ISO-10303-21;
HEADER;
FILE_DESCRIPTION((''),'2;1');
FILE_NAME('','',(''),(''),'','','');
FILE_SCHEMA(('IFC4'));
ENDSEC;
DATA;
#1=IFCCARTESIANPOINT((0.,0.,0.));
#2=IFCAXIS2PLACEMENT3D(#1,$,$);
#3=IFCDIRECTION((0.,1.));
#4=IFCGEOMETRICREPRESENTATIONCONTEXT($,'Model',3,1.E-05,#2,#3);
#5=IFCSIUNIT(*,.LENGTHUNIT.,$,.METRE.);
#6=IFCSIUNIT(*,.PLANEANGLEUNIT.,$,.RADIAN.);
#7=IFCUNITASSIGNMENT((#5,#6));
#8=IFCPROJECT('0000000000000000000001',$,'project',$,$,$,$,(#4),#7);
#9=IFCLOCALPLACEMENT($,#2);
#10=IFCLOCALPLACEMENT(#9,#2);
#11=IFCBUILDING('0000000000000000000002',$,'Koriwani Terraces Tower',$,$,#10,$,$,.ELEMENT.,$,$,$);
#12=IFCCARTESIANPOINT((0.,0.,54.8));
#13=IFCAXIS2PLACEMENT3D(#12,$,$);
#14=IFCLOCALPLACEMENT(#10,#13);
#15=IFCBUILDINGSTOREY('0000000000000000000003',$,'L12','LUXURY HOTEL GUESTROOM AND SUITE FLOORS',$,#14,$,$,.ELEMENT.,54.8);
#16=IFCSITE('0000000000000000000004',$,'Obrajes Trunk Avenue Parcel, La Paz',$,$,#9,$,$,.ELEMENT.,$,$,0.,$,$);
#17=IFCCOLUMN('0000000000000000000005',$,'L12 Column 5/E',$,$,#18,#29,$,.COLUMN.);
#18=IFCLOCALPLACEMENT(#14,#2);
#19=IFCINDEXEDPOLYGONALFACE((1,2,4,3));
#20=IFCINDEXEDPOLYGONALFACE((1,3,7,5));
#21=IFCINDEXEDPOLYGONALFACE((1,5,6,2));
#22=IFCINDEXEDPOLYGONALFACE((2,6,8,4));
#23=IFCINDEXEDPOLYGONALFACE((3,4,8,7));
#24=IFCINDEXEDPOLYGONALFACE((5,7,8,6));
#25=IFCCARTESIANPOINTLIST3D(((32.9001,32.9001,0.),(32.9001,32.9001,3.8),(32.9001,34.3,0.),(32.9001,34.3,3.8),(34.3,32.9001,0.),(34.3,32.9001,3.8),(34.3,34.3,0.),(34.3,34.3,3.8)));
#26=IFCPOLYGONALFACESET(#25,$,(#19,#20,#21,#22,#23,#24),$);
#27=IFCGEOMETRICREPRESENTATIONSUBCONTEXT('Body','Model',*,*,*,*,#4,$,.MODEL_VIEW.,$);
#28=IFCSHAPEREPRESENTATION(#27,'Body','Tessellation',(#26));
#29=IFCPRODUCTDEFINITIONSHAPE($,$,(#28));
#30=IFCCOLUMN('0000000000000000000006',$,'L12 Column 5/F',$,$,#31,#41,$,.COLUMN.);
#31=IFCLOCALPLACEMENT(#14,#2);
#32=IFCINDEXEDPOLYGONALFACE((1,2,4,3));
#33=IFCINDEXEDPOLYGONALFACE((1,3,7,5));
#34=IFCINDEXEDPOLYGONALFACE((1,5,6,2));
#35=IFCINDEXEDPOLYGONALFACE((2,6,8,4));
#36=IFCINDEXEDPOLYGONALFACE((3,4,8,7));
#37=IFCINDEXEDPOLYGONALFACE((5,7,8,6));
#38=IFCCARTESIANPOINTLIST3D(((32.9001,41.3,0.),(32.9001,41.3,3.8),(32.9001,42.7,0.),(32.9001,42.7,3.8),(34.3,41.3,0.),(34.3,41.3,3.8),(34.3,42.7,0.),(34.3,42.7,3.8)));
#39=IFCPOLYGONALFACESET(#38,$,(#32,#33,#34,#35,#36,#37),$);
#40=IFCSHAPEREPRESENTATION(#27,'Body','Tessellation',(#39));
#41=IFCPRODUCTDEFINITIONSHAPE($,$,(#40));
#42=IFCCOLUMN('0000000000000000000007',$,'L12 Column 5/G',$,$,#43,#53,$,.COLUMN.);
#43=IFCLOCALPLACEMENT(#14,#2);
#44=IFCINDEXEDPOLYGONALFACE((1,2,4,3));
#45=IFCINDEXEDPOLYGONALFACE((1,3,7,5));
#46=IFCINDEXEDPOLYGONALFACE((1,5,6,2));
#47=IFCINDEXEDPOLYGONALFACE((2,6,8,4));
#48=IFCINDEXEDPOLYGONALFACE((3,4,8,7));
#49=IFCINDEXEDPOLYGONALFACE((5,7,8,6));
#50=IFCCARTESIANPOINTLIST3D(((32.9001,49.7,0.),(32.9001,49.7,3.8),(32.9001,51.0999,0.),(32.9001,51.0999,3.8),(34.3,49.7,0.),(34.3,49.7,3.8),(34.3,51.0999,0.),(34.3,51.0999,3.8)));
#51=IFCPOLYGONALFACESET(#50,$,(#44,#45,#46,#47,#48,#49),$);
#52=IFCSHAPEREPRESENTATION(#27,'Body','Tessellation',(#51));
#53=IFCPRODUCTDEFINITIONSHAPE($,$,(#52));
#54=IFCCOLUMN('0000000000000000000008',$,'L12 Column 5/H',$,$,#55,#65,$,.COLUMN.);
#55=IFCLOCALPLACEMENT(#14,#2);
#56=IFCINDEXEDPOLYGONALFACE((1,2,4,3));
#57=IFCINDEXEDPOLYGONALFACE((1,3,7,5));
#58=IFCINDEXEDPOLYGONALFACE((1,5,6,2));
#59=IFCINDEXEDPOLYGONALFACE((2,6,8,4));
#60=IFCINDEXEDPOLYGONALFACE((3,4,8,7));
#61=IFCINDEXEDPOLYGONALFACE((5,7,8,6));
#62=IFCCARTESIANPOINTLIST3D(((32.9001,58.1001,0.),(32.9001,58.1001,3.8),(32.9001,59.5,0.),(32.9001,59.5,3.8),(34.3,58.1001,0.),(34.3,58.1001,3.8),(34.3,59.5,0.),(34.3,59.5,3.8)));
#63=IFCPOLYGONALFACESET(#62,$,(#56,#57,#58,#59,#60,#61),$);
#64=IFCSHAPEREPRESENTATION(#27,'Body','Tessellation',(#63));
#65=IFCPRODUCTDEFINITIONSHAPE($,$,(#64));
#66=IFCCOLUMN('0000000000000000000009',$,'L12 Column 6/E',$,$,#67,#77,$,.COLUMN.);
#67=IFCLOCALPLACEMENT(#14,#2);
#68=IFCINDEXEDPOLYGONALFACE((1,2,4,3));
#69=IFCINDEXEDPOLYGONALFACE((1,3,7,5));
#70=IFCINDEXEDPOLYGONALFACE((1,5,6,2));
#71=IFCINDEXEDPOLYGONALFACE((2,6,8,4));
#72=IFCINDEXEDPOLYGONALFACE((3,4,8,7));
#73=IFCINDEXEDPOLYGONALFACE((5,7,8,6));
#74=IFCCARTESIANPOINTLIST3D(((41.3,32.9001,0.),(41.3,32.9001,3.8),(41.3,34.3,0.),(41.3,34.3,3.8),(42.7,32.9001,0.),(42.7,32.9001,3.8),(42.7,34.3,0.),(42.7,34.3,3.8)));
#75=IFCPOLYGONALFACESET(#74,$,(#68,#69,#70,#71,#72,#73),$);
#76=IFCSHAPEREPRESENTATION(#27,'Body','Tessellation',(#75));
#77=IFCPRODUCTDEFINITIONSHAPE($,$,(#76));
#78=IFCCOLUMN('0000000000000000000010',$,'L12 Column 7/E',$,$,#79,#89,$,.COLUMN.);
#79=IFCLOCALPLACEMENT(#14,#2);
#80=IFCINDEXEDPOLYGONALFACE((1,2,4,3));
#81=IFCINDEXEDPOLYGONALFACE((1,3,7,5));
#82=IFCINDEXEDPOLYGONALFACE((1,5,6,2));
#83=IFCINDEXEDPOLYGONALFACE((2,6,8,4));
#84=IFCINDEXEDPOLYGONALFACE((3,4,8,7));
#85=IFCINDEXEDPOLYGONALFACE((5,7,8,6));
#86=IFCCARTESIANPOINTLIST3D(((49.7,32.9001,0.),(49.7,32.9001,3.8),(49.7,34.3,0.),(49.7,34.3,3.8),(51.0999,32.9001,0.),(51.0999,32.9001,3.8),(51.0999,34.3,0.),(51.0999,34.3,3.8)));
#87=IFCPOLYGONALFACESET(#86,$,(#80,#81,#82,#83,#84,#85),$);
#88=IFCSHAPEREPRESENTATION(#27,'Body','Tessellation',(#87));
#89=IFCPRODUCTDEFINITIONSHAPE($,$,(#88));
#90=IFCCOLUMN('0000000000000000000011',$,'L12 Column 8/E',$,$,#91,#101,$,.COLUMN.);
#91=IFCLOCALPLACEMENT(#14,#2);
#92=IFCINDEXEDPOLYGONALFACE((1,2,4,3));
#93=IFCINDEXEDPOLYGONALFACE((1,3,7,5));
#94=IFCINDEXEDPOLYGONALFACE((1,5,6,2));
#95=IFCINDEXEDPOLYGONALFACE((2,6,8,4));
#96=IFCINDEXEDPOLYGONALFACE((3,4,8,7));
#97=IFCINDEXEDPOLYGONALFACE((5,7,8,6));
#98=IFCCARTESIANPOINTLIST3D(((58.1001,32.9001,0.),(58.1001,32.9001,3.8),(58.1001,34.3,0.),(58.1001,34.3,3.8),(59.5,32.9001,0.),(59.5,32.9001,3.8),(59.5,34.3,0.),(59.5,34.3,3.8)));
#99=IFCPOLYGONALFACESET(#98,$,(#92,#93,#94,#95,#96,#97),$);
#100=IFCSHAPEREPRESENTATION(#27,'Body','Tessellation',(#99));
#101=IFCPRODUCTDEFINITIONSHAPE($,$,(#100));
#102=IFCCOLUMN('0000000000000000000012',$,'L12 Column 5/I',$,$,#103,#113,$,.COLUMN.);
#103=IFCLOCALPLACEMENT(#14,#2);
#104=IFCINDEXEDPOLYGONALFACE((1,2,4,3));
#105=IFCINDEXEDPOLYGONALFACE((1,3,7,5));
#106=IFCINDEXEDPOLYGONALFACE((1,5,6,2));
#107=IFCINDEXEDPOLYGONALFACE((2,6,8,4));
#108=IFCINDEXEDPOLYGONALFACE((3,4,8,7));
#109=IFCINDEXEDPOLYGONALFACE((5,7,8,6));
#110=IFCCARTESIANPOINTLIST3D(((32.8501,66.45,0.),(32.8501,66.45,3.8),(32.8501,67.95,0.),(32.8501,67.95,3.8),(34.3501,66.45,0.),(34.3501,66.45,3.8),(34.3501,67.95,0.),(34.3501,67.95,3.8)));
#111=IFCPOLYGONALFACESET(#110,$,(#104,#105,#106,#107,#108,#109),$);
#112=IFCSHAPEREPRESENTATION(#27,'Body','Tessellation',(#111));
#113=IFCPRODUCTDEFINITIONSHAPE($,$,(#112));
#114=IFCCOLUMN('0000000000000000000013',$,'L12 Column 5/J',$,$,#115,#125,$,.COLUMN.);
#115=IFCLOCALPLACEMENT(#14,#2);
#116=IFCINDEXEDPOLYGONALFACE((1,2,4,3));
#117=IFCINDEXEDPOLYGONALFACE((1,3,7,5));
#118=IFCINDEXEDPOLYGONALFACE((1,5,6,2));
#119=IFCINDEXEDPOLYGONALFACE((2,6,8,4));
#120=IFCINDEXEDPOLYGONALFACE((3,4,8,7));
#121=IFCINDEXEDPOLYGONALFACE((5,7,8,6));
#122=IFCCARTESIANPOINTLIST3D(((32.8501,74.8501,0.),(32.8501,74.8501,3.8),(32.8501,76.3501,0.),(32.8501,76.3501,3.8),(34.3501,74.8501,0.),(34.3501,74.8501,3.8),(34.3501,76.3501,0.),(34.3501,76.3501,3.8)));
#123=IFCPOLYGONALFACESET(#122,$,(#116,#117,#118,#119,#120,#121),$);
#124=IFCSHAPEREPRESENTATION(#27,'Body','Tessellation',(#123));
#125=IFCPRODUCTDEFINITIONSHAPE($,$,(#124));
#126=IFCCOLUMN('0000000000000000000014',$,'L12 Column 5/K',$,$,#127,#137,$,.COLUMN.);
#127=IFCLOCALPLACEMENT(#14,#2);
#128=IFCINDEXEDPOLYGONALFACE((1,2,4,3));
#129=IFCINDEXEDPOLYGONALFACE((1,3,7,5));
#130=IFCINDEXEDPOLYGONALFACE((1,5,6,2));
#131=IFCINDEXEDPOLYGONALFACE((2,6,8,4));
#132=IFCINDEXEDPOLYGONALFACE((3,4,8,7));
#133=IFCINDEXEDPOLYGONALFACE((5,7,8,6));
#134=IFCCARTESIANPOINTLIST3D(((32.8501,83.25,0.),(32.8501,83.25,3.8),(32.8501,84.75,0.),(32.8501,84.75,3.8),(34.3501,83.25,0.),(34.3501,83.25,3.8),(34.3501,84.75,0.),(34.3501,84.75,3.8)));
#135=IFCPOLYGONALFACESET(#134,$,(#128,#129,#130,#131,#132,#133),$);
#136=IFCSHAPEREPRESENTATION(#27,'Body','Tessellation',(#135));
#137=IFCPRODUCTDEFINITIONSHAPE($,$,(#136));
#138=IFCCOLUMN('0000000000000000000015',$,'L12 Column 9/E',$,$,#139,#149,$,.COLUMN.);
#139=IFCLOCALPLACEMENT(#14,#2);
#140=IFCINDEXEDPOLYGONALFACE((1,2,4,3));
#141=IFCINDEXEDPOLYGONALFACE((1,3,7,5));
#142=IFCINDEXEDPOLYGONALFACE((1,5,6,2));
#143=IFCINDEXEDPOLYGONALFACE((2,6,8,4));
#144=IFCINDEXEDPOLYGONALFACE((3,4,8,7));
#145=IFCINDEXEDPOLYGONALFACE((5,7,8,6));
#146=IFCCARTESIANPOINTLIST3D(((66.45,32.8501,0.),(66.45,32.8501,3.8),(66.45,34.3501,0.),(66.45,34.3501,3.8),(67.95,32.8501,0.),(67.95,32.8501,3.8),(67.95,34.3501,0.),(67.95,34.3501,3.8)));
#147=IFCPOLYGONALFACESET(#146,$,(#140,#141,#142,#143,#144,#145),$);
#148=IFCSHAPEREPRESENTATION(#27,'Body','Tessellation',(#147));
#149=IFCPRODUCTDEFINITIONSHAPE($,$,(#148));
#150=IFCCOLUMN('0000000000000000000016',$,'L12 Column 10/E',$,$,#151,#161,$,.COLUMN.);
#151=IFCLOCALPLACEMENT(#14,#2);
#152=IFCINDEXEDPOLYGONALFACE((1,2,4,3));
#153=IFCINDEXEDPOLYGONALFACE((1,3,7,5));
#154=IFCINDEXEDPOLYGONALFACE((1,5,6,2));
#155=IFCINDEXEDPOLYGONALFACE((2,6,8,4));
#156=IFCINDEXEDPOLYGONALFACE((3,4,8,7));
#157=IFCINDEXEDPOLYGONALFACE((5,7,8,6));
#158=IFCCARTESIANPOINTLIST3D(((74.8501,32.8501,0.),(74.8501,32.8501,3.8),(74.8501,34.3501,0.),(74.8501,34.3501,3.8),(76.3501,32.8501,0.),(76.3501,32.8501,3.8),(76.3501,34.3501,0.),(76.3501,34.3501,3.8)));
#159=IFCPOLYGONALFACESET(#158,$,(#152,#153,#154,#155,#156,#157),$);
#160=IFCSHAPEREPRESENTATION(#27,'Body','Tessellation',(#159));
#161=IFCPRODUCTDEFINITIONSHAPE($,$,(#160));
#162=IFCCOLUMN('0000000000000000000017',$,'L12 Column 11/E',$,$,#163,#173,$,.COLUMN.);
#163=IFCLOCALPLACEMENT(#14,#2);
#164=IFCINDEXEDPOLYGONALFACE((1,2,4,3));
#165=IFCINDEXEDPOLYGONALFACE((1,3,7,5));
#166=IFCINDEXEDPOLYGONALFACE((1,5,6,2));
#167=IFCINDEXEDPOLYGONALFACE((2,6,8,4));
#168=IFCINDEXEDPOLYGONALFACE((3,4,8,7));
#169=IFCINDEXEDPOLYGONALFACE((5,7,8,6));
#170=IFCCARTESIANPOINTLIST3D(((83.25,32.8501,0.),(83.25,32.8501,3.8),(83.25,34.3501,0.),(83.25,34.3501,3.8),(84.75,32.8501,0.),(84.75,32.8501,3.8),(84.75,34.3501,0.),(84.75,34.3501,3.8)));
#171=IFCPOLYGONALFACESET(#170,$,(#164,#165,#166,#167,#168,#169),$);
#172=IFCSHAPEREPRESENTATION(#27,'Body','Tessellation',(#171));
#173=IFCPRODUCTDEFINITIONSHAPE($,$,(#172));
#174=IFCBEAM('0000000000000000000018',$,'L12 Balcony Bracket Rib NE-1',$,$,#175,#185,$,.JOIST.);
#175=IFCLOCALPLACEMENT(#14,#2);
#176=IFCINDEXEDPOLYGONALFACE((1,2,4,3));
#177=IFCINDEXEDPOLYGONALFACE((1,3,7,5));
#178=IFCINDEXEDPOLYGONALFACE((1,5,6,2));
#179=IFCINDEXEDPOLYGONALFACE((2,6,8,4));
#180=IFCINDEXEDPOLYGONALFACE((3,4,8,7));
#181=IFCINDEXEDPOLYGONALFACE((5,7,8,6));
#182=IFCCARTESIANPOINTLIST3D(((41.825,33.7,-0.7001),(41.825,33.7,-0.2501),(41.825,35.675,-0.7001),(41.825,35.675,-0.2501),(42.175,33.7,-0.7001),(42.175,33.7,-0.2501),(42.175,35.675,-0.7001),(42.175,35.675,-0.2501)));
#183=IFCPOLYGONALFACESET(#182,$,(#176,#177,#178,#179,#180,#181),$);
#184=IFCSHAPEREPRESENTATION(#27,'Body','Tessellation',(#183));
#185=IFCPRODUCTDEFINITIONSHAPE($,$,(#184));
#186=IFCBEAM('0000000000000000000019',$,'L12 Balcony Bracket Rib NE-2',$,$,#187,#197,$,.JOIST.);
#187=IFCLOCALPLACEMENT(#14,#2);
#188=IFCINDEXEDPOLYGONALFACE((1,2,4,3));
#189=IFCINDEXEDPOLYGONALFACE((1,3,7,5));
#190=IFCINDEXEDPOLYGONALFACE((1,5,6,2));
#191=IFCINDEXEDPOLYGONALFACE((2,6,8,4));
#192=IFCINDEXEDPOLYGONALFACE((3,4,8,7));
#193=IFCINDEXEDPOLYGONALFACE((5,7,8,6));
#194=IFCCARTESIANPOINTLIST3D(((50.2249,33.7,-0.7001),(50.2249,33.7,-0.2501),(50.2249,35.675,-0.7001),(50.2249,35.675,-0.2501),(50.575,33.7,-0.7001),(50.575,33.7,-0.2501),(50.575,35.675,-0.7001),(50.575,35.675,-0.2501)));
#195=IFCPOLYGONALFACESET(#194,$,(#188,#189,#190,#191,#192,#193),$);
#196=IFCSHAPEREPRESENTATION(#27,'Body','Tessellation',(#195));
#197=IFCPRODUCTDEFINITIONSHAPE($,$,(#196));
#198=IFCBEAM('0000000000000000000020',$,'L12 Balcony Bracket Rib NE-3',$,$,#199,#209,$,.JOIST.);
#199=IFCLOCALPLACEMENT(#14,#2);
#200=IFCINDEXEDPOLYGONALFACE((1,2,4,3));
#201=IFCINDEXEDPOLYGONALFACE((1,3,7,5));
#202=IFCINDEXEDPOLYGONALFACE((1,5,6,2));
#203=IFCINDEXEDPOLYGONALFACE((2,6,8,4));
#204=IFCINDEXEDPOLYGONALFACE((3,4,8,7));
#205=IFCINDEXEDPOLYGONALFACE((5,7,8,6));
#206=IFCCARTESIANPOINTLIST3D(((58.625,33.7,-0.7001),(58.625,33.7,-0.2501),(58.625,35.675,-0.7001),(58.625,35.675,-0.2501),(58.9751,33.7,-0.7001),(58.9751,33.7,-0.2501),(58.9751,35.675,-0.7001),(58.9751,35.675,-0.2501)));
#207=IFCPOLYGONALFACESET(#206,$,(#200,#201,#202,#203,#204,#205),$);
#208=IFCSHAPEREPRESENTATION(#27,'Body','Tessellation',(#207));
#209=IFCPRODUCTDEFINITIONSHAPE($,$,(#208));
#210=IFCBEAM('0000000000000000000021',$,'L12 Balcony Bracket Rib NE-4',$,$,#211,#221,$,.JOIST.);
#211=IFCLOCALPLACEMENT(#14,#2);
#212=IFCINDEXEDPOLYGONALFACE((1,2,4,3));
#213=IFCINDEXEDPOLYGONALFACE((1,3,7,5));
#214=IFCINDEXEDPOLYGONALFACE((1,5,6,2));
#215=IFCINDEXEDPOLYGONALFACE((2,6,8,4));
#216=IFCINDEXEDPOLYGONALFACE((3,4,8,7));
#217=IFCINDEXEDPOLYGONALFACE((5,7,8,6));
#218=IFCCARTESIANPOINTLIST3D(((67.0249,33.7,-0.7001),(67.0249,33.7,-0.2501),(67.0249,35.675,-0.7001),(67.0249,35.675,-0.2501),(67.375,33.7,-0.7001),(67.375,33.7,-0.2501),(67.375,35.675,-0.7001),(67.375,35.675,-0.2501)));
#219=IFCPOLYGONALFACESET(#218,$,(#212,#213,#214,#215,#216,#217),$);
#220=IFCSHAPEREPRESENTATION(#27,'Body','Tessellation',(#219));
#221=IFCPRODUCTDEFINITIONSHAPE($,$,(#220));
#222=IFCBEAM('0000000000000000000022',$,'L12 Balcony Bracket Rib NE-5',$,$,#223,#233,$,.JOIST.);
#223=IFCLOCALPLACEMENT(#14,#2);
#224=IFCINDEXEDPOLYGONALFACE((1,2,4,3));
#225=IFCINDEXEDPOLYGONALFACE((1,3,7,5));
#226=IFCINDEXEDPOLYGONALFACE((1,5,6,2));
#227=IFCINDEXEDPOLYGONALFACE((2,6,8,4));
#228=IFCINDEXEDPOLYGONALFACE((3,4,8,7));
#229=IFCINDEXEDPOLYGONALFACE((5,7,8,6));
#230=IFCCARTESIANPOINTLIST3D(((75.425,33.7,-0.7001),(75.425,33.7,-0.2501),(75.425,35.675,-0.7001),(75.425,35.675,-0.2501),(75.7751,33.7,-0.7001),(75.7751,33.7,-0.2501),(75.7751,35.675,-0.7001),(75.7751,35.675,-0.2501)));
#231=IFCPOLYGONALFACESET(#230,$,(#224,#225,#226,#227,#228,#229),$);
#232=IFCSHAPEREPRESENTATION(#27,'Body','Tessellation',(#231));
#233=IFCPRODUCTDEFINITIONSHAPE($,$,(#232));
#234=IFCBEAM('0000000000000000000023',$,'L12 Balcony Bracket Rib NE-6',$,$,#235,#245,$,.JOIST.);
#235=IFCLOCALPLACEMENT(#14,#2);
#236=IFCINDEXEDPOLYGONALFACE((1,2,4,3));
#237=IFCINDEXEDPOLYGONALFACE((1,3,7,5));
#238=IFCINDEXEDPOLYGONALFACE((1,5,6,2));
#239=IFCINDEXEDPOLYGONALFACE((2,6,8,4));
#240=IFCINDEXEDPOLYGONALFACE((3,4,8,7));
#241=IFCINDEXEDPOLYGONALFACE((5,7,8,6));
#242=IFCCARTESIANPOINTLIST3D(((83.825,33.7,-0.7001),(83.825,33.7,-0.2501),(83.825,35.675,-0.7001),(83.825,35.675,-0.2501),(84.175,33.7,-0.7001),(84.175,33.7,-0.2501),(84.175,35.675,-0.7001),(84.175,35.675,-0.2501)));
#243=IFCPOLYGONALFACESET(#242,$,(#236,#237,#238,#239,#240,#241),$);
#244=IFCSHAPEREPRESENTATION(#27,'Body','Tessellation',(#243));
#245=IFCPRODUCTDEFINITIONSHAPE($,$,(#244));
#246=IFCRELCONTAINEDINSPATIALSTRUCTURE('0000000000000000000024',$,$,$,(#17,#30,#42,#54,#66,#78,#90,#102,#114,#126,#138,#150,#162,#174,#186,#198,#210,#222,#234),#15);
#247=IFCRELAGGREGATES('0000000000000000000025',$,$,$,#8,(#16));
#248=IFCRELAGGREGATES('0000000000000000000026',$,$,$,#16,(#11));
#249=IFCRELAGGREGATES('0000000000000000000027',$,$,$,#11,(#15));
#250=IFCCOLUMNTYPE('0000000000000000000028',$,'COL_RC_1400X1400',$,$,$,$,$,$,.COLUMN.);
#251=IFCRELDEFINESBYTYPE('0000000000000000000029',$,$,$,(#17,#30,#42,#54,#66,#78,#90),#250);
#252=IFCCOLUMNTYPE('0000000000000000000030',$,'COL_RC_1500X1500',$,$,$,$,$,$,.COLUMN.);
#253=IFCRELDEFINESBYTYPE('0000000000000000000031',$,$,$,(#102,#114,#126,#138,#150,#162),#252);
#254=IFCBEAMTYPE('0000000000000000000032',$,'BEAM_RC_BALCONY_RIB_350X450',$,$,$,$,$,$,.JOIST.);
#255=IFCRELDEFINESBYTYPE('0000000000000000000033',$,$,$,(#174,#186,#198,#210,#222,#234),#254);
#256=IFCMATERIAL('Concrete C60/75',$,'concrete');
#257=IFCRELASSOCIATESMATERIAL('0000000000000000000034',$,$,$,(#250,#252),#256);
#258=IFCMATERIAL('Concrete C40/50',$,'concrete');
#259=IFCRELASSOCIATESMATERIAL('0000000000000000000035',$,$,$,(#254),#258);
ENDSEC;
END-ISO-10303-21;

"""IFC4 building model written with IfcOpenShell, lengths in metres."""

from ifc_helpers import new_model, si_unit, direction, frame, origin, origin_2d, place, context, subcontext, project, spatial, rectangle, extrude, material, material_profile, profile_set, type_object, element, save


model = new_model("IFC4")

# Units and contexts
model_context = context("Model", 3, precision=1e-05, world=origin(), true_north=direction((0.0, 1.0)))
body_context = subcontext(model_context, "Body", "Model", "MODEL_VIEW")
ifc_project = project(units=[si_unit("LENGTHUNIT", "METRE"), si_unit("PLANEANGLEUNIT", "RADIAN")], contexts=[model_context])

# Site, building, storey
site_placement = place(None, origin())
site = spatial("IfcSite", under=ifc_project, at=site_placement, Name="Obrajes Trunk Avenue Parcel, La Paz", CompositionType="ELEMENT", RefElevation=0.0)
building_placement = place(site_placement, origin())
building = spatial("IfcBuilding", under=site, at=building_placement, Name="Koriwani Terraces Tower", CompositionType="ELEMENT")
storey_placement = place(building_placement, frame((0.0, 0.0, 54.8)))
storey = spatial("IfcBuildingStorey", under=building, at=storey_placement, Name="L12", Description="LUXURY HOTEL GUESTROOM AND SUITE FLOORS", CompositionType="ELEMENT", Elevation=54.8)

# Columns
ifc_material_1 = material(Name="Concrete C60/75", Category="concrete")
ifc_material_profile_1 = material_profile(ifc_material_1, rectangle(XDim=1.3999, YDim=1.3999, at=origin_2d()), Name="Concrete C60/75", Category="LoadBearing")
ifc_profile_set_1 = profile_set([ifc_material_profile_1], Name="Concrete C60/75")
column_type_1 = type_object("IfcColumnType", Name="COL_RC_1400X1400", PredefinedType="COLUMN", material=ifc_profile_set_1)
for number, where, z_axis, x_axis, name in (
    (1, (33.6001, 33.6001, 0.0), (0.0, 0.0, 1.0), (1.0, 0.0, 0.0), "L12 Column 5/E"),
    (2, (33.6001, 42.0, 0.0), (0.0, 0.0, 1.0), (1.0, 0.0, 0.0), "L12 Column 5/F"),
    (3, (33.6001, 50.3999, 0.0), (0.0, 0.0, 1.0), (1.0, 0.0, 0.0), "L12 Column 5/G"),
    (4, (33.6001, 58.8, 0.0), (0.0, 0.0, 1.0), (1.0, 0.0, 0.0), "L12 Column 5/H"),
    (5, (42.0, 33.6001, 0.0), (0.0, 0.0, 1.0), (1.0, 0.0, 0.0), "L12 Column 6/E"),
    (6, (50.3999, 33.6001, 0.0), (0.0, 0.0, 1.0), (1.0, 0.0, 0.0), "L12 Column 7/E"),
    (7, (58.8, 33.6001, 0.0), (0.0, 0.0, 1.0), (1.0, 0.0, 0.0), "L12 Column 8/E"),
):
    element("IfcColumn", number, at=place(storey_placement, frame(where, z_axis=z_axis, x_axis=x_axis)), inside=storey, type_object=column_type_1, Name=name, PredefinedType="COLUMN", context=body_context, shape_type="SweptSolid", body=[
        extrude(rectangle(XDim=1.3999, YDim=1.3999, at=origin_2d()), origin(), (0.0, 0.0, 1.0), 3.8),
    ])
ifc_material_profile_2 = material_profile(ifc_material_1, rectangle(XDim=1.5, YDim=1.5, at=origin_2d()), Name="Concrete C60/75", Category="LoadBearing")
ifc_profile_set_2 = profile_set([ifc_material_profile_2], Name="Concrete C60/75")
column_type_2 = type_object("IfcColumnType", Name="COL_RC_1500X1500", PredefinedType="COLUMN", material=ifc_profile_set_2)
for number, where, z_axis, x_axis, name in (
    (8, (33.6001, 67.2, 0.0), (0.0, 0.0, 1.0), (1.0, 0.0, 0.0), "L12 Column 5/I"),
    (9, (33.6001, 75.6001, 0.0), (0.0, 0.0, 1.0), (1.0, 0.0, 0.0), "L12 Column 5/J"),
    (10, (33.6001, 84.0, 0.0), (0.0, 0.0, 1.0), (1.0, 0.0, 0.0), "L12 Column 5/K"),
    (11, (67.2, 33.6001, 0.0), (0.0, 0.0, 1.0), (1.0, 0.0, 0.0), "L12 Column 9/E"),
    (12, (75.6001, 33.6001, 0.0), (0.0, 0.0, 1.0), (1.0, 0.0, 0.0), "L12 Column 10/E"),
    (13, (84.0, 33.6001, 0.0), (0.0, 0.0, 1.0), (1.0, 0.0, 0.0), "L12 Column 11/E"),
):
    element("IfcColumn", number, at=place(storey_placement, frame(where, z_axis=z_axis, x_axis=x_axis)), inside=storey, type_object=column_type_2, Name=name, PredefinedType="COLUMN", context=body_context, shape_type="SweptSolid", body=[
        extrude(rectangle(XDim=1.5, YDim=1.5, at=origin_2d()), origin(), (0.0, 0.0, 1.0), 3.8),
    ])

# Beams
ifc_material_2 = material(Name="Concrete C40/50", Category="concrete")
ifc_material_profile_3 = material_profile(ifc_material_2, rectangle(XDim=0.3501, YDim=0.45, at=origin_2d()), Name="Concrete C40/50", Category="LoadBearing")
ifc_profile_set_3 = profile_set([ifc_material_profile_3], Name="Concrete C40/50")
beam_type = type_object("IfcBeamType", Name="BEAM_RC_BALCONY_RIB_350X450", PredefinedType="JOIST", material=ifc_profile_set_3)
for number, where, z_axis, x_axis, name in (
    (14, (42.0, 33.7, -0.4751), (0.0, 1.0, 0.0), (-1.0, 0.0, 0.0), "L12 Balcony Bracket Rib NE-1"),
    (15, (50.3999, 33.7, -0.4751), (0.0, 1.0, 0.0), (-1.0, 0.0, 0.0), "L12 Balcony Bracket Rib NE-2"),
    (16, (58.8, 33.7, -0.4751), (0.0, 1.0, 0.0), (-1.0, 0.0, 0.0), "L12 Balcony Bracket Rib NE-3"),
    (17, (67.2, 33.7, -0.4751), (0.0, 1.0, 0.0), (-1.0, 0.0, 0.0), "L12 Balcony Bracket Rib NE-4"),
    (18, (75.6001, 33.7, -0.4751), (0.0, 1.0, 0.0), (-1.0, 0.0, 0.0), "L12 Balcony Bracket Rib NE-5"),
    (19, (84.0, 33.7, -0.4751), (0.0, 1.0, 0.0), (-1.0, 0.0, 0.0), "L12 Balcony Bracket Rib NE-6"),
):
    element("IfcBeam", number, at=place(storey_placement, frame(where, z_axis=z_axis, x_axis=x_axis)), inside=storey, type_object=beam_type, Name=name, PredefinedType="JOIST", context=body_context, shape_type="SweptSolid", body=[
        extrude(rectangle(XDim=0.3501, YDim=0.45, at=origin_2d()), origin(), (0.0, 0.0, 1.0), 1.9751),
    ])

save(model, "model.ifc")
